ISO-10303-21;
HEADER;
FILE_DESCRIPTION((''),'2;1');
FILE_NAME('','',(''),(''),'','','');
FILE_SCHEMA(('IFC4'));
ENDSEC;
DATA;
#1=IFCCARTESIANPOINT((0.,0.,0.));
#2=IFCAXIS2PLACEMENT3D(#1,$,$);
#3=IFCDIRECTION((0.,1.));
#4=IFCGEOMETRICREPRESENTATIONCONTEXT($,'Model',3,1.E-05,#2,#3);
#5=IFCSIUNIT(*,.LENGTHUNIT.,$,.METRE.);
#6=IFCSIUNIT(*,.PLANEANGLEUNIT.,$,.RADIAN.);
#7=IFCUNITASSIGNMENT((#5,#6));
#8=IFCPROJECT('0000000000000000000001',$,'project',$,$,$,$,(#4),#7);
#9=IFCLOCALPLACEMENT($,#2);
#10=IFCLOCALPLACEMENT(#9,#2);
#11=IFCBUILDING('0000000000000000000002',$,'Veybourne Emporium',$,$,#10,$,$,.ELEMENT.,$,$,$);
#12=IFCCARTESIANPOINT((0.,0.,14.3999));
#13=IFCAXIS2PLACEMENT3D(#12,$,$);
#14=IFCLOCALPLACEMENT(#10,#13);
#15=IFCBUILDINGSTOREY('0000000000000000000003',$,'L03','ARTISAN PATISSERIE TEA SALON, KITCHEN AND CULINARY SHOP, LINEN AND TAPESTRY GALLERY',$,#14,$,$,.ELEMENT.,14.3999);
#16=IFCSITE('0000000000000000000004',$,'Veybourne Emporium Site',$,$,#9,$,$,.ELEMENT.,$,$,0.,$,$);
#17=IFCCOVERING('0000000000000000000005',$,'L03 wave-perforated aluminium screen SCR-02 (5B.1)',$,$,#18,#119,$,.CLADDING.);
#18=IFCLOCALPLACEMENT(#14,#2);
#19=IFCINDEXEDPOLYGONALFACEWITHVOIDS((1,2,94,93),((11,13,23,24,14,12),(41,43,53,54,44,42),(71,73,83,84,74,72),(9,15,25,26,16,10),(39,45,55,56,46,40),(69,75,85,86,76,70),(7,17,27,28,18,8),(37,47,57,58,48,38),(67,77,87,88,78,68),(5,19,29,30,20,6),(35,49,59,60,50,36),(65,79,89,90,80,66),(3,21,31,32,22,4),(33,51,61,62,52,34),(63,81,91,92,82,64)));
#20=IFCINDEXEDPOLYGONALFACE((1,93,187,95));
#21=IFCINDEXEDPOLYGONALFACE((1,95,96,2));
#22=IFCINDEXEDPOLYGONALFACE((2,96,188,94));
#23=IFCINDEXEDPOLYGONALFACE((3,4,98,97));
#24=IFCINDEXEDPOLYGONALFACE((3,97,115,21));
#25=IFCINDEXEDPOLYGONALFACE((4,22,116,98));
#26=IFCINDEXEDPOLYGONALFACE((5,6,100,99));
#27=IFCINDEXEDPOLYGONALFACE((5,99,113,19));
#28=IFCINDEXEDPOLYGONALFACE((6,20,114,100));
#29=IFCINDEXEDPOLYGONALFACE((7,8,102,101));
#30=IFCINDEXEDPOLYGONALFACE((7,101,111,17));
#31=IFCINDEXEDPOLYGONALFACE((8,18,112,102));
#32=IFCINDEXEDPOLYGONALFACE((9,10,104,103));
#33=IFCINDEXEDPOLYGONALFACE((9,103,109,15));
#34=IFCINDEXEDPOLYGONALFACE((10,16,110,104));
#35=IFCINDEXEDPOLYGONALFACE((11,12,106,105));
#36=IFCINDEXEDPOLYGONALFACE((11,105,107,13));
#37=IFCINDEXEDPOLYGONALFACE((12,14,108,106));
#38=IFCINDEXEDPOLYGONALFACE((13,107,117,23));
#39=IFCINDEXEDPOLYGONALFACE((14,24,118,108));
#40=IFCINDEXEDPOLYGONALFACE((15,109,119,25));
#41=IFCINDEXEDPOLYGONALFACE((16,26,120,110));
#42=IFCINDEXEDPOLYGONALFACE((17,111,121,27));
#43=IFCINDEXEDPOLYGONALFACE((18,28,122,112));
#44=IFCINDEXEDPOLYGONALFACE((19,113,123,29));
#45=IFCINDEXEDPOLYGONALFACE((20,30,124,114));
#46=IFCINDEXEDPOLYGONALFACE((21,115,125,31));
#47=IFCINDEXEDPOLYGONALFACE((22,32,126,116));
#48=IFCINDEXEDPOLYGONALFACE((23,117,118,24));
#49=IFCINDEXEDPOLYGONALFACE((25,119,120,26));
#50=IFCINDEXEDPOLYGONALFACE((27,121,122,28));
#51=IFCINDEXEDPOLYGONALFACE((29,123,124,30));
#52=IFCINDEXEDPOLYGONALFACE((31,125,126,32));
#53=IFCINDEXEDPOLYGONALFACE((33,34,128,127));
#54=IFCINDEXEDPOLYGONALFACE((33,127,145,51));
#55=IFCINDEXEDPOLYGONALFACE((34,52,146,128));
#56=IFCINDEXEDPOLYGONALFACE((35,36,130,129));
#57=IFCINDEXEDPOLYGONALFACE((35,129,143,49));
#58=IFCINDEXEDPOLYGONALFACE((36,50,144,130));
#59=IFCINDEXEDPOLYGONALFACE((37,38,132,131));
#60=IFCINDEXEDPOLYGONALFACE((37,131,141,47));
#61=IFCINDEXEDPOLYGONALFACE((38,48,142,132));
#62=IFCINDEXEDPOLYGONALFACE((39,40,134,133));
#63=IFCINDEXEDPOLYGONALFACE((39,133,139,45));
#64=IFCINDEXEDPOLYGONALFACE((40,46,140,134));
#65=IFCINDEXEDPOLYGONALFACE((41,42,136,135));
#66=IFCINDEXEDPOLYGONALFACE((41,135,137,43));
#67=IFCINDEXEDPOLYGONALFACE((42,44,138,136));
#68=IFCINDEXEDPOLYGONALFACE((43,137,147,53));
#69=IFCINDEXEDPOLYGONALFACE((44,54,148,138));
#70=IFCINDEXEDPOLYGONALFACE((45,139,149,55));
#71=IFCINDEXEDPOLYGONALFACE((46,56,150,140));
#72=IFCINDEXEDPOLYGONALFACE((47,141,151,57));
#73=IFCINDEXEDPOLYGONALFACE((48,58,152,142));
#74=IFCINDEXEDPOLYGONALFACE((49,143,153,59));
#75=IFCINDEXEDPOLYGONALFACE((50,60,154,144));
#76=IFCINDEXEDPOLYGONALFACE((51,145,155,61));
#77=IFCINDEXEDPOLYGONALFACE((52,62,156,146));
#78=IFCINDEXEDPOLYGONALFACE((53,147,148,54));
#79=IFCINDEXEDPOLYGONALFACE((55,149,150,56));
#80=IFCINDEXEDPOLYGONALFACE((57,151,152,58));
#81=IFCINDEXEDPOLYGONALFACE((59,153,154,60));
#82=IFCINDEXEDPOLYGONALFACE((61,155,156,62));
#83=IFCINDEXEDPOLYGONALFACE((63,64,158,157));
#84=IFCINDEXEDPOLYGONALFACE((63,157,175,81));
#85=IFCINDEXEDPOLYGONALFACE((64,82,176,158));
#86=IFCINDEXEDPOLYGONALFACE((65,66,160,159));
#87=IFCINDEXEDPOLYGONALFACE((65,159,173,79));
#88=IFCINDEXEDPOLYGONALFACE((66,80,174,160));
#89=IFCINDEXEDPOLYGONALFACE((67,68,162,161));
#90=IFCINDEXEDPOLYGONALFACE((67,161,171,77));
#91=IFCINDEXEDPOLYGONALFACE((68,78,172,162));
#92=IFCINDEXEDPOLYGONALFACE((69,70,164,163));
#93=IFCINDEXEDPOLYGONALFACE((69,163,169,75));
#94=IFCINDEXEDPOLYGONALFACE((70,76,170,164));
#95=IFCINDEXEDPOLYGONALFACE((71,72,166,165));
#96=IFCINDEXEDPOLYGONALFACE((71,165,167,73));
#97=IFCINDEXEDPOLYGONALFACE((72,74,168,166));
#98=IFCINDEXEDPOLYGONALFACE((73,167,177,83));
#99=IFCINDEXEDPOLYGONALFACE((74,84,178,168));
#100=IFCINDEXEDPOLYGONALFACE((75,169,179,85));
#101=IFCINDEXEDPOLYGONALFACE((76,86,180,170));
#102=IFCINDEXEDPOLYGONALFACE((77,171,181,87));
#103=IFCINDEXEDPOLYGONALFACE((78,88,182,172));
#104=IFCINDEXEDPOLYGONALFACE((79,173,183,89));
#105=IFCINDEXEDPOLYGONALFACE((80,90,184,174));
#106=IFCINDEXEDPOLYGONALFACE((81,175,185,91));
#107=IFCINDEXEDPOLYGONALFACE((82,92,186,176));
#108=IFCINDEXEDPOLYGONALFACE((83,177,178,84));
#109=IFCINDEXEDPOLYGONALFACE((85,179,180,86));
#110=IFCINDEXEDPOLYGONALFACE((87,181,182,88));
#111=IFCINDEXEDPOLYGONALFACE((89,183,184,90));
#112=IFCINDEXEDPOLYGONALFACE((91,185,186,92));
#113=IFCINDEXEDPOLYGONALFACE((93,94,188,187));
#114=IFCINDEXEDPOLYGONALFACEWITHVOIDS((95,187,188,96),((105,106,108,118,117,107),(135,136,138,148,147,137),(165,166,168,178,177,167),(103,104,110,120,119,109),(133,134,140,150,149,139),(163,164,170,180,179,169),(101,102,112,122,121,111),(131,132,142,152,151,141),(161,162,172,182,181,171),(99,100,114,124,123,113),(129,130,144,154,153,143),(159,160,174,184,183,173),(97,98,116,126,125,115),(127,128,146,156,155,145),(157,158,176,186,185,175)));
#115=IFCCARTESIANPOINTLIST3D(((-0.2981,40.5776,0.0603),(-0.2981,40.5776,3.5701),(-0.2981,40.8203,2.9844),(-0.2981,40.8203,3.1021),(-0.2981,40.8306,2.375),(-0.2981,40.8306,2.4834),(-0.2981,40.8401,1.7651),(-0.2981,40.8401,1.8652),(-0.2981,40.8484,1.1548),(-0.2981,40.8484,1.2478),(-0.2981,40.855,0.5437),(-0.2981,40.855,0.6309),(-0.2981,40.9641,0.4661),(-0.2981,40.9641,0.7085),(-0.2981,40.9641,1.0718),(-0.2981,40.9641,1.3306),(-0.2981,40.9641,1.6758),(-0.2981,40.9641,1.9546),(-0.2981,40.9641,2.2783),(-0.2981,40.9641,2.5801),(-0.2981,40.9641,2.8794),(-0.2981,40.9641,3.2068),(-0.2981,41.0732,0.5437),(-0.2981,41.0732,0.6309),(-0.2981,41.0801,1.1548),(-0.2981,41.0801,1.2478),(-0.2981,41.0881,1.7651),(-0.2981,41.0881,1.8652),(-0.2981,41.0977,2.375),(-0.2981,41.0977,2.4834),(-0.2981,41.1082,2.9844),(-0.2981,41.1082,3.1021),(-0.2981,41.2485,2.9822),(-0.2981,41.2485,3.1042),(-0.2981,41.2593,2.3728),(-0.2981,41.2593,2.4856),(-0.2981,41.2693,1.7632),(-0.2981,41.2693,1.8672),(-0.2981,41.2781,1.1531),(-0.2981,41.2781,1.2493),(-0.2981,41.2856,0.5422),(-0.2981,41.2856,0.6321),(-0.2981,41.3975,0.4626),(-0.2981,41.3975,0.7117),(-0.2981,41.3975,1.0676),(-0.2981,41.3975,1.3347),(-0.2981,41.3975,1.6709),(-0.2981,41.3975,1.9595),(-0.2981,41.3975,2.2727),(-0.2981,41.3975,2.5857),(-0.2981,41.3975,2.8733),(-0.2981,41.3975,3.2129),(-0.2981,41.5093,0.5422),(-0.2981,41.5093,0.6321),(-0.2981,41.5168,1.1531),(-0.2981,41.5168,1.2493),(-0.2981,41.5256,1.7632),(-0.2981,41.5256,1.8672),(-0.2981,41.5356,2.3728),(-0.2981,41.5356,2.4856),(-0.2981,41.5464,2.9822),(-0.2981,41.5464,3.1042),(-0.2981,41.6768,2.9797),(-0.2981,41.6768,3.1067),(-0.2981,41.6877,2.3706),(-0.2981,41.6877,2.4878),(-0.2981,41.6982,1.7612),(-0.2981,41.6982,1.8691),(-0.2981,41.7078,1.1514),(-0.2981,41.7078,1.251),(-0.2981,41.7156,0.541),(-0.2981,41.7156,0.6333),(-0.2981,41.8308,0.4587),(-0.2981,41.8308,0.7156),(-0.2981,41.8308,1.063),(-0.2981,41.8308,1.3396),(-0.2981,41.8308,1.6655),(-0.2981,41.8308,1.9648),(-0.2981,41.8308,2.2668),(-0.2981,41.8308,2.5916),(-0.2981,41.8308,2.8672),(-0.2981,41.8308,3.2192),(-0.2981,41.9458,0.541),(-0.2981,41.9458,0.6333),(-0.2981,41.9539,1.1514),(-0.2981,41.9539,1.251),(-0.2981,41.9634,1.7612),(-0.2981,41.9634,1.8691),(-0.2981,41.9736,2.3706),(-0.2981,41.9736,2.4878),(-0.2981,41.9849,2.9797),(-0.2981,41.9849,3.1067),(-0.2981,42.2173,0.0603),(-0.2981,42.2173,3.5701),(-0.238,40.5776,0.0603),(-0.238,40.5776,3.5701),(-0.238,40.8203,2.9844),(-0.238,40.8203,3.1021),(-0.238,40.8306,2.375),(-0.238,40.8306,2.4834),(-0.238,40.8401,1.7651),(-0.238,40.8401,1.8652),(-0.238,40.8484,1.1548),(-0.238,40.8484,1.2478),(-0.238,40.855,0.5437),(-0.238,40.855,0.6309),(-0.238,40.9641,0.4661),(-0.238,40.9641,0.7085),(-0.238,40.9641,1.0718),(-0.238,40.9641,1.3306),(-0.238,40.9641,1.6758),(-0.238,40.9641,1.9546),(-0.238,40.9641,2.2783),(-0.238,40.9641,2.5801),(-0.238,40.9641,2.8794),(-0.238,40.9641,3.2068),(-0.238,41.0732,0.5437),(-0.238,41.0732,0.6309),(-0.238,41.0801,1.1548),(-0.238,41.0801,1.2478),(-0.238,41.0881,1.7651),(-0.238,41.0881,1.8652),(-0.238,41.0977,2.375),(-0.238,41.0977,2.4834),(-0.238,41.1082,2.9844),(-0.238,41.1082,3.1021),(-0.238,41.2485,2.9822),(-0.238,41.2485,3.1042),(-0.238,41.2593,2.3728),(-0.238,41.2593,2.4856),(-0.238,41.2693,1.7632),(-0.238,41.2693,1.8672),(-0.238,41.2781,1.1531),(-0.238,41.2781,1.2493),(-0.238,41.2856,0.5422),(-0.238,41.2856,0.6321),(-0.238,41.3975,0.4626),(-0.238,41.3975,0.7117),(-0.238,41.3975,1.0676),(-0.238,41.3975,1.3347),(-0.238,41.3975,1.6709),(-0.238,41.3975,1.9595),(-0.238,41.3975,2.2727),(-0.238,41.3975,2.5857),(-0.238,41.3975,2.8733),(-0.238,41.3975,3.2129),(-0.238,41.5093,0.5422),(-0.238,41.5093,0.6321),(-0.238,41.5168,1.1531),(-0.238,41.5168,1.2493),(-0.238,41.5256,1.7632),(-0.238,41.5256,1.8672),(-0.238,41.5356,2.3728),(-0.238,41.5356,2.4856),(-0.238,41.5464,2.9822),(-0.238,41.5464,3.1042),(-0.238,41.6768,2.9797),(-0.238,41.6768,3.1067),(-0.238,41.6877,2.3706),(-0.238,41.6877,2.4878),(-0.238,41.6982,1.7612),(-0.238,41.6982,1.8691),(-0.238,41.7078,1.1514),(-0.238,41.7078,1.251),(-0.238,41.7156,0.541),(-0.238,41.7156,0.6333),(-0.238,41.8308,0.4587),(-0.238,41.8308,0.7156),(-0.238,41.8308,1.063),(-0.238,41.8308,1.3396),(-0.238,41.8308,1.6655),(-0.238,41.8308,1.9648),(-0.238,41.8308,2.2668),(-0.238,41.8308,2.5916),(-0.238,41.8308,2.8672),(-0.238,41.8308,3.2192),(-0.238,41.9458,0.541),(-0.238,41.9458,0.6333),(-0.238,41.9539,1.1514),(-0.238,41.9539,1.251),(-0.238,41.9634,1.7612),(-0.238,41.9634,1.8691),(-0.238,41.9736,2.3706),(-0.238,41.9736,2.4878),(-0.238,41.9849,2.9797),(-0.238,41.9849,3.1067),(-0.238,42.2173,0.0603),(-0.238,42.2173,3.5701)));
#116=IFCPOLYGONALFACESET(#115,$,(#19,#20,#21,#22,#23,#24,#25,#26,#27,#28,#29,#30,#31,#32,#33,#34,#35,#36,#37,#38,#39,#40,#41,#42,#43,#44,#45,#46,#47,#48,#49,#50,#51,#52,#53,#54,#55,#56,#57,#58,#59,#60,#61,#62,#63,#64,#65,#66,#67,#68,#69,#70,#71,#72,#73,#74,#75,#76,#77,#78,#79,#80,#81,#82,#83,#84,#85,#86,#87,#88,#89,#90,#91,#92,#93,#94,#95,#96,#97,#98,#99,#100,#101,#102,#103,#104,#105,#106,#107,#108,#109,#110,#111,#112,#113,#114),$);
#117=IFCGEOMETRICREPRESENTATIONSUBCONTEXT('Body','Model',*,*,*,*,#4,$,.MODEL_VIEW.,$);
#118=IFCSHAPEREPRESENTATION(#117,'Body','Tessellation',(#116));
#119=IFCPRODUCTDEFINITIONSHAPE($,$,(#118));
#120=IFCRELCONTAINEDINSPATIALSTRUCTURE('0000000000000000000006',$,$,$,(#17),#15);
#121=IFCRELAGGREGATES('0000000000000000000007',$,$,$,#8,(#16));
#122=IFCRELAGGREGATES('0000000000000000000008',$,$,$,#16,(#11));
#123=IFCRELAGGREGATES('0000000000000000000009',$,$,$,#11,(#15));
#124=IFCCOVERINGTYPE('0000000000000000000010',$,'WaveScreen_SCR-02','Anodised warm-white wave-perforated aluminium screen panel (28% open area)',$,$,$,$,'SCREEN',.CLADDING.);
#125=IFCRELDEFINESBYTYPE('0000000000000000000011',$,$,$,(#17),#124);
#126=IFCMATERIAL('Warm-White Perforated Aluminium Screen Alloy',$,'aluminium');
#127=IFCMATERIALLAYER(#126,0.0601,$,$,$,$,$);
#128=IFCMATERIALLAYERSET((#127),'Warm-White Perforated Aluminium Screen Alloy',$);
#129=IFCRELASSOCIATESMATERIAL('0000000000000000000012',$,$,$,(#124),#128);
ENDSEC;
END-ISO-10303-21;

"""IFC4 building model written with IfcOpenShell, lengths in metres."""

from ifc_helpers import new_model, si_unit, direction, frame, origin, place, context, subcontext, project, spatial, polyline, outline, extrude, material, layer, layer_set, type_object, element, save


model = new_model("IFC4")

# Units and contexts
model_context = context("Model", 3, precision=1e-05, world=origin(), true_north=direction((0.0, 1.0)))
body_context = subcontext(model_context, "Body", "Model", "MODEL_VIEW")
ifc_project = project(units=[si_unit("LENGTHUNIT", "METRE"), si_unit("PLANEANGLEUNIT", "RADIAN")], contexts=[model_context])

# Site, building, storey
site_placement = place(None, origin())
site = spatial("IfcSite", under=ifc_project, at=site_placement, Name="Veybourne Emporium Site", CompositionType="ELEMENT", RefElevation=0.0)
building_placement = place(site_placement, origin())
building = spatial("IfcBuilding", under=site, at=building_placement, Name="Veybourne Emporium", CompositionType="ELEMENT")
storey_placement = place(building_placement, frame((0.0, 0.0, 14.3999)))
storey = spatial("IfcBuildingStorey", under=building, at=storey_placement, Name="L03", Description="ARTISAN PATISSERIE TEA SALON, KITCHEN AND CULINARY SHOP, LINEN AND TAPESTRY GALLERY", CompositionType="ELEMENT", Elevation=14.3999)

# Covering
ifc_material_1 = material(Name="Warm-White Perforated Aluminium Screen Alloy", Category="aluminium")
ifc_layer_1 = layer(ifc_material_1, 0.0601)
ifc_layer_set_1 = layer_set([ifc_layer_1], Name="Warm-White Perforated Aluminium Screen Alloy")
covering_type_1 = type_object("IfcCoveringType", Name="WaveScreen_SCR-02", Description="Anodised warm-white wave-perforated aluminium screen panel (28% open area)", ElementType="SCREEN", PredefinedType="CLADDING", material=ifc_layer_set_1)
covering_1_placement = place(storey_placement, frame((-0.2981, 41.3975, 1.8152), z_axis=(1.0, 0.0, 0.0), x_axis=(0.0, 1.0, 0.0)))
element("IfcCovering", 1, at=covering_1_placement, inside=storey, type_object=covering_type_1, Name="L03 wave-perforated aluminium screen SCR-02 (5B.1)", PredefinedType="CLADDING", context=body_context, shape_type="SweptSolid", body=[
    extrude(outline(polyline([(-0.8198, -1.7549), (0.8198, -1.7549), (0.8198, 1.7549), (-0.8198, 1.7549), (-0.8198, -1.7549)]), holes=[polyline([(-0.4333, -1.1067), (-0.3242, -1.1843), (-0.3242, -1.2715), (-0.4333, -1.3491), (-0.5425, -1.2715), (-0.5425, -1.1843), (-0.4333, -1.1067)]), polyline([(-0.4333, -0.4846), (-0.3174, -0.5674), (-0.3174, -0.6604), (-0.4333, -0.7434), (-0.5491, -0.6604), (-0.5491, -0.5674), (-0.4333, -0.4846)]), polyline([(-0.4333, 0.1394), (-0.3093, 0.05), (-0.3093, -0.05), (-0.4333, -0.1394), (-0.5574, -0.05), (-0.5574, 0.05), (-0.4333, 0.1394)]), polyline([(-0.4333, 0.7649), (-0.2998, 0.6682), (-0.2998, 0.5598), (-0.4333, 0.4631), (-0.5669, 0.5598), (-0.5669, 0.6682), (-0.4333, 0.7649)]), polyline([(-0.4333, 1.3916), (-0.2893, 1.2869), (-0.2893, 1.1692), (-0.4333, 1.0642), (-0.5771, 1.1692), (-0.5771, 1.2869), (-0.4333, 1.3916)]), polyline([(0.0, -1.1035), (0.1118, -1.1831), (0.1118, -1.2729), (0.0, -1.3525), (-0.1118, -1.2729), (-0.1118, -1.1831), (0.0, -1.1035)]), polyline([(0.0, -0.4805), (0.1194, -0.5659), (0.1194, -0.6621), (0.0, -0.7476), (-0.1194, -0.6621), (-0.1194, -0.5659), (0.0, -0.4805)]), polyline([(0.0, 0.1443), (0.1282, 0.052), (0.1282, -0.052), (0.0, -0.1443), (-0.1282, -0.052), (-0.1282, 0.052), (0.0, 0.1443)]), polyline([(0.0, 0.7705), (0.1382, 0.6704), (0.1382, 0.5576), (0.0, 0.4575), (-0.1382, 0.5576), (-0.1382, 0.6704), (0.0, 0.7705)]), polyline([(0.0, 1.3977), (0.1489, 1.2891), (0.1489, 1.167), (0.0, 1.0581), (-0.1489, 1.167), (-0.1489, 1.2891), (0.0, 1.3977)]), polyline([(0.4333, -1.0996), (0.5483, -1.1819), (0.5483, -1.2742), (0.4333, -1.3564), (0.3181, -1.2742), (0.3181, -1.1819), (0.4333, -1.0996)]), polyline([(0.4333, -0.4756), (0.5564, -0.5642), (0.5564, -0.6638), (0.4333, -0.7522), (0.3103, -0.6638), (0.3103, -0.5642), (0.4333, -0.4756)]), polyline([(0.4333, 0.1497), (0.5659, 0.054), (0.5659, -0.054), (0.4333, -0.1497), (0.3008, -0.054), (0.3008, 0.054), (0.4333, 0.1497)]), polyline([(0.4333, 0.7764), (0.5762, 0.6726), (0.5762, 0.5554), (0.4333, 0.4517), (0.2903, 0.5554), (0.2903, 0.6726), (0.4333, 0.7764)]), polyline([(0.4333, 1.4041), (0.5874, 1.2915), (0.5874, 1.1646), (0.4333, 1.052), (0.2793, 1.1646), (0.2793, 1.2915), (0.4333, 1.4041)])]), origin(), (0.0, 0.0, 1.0), 0.0601),
])

save(model, "model.ifc")
